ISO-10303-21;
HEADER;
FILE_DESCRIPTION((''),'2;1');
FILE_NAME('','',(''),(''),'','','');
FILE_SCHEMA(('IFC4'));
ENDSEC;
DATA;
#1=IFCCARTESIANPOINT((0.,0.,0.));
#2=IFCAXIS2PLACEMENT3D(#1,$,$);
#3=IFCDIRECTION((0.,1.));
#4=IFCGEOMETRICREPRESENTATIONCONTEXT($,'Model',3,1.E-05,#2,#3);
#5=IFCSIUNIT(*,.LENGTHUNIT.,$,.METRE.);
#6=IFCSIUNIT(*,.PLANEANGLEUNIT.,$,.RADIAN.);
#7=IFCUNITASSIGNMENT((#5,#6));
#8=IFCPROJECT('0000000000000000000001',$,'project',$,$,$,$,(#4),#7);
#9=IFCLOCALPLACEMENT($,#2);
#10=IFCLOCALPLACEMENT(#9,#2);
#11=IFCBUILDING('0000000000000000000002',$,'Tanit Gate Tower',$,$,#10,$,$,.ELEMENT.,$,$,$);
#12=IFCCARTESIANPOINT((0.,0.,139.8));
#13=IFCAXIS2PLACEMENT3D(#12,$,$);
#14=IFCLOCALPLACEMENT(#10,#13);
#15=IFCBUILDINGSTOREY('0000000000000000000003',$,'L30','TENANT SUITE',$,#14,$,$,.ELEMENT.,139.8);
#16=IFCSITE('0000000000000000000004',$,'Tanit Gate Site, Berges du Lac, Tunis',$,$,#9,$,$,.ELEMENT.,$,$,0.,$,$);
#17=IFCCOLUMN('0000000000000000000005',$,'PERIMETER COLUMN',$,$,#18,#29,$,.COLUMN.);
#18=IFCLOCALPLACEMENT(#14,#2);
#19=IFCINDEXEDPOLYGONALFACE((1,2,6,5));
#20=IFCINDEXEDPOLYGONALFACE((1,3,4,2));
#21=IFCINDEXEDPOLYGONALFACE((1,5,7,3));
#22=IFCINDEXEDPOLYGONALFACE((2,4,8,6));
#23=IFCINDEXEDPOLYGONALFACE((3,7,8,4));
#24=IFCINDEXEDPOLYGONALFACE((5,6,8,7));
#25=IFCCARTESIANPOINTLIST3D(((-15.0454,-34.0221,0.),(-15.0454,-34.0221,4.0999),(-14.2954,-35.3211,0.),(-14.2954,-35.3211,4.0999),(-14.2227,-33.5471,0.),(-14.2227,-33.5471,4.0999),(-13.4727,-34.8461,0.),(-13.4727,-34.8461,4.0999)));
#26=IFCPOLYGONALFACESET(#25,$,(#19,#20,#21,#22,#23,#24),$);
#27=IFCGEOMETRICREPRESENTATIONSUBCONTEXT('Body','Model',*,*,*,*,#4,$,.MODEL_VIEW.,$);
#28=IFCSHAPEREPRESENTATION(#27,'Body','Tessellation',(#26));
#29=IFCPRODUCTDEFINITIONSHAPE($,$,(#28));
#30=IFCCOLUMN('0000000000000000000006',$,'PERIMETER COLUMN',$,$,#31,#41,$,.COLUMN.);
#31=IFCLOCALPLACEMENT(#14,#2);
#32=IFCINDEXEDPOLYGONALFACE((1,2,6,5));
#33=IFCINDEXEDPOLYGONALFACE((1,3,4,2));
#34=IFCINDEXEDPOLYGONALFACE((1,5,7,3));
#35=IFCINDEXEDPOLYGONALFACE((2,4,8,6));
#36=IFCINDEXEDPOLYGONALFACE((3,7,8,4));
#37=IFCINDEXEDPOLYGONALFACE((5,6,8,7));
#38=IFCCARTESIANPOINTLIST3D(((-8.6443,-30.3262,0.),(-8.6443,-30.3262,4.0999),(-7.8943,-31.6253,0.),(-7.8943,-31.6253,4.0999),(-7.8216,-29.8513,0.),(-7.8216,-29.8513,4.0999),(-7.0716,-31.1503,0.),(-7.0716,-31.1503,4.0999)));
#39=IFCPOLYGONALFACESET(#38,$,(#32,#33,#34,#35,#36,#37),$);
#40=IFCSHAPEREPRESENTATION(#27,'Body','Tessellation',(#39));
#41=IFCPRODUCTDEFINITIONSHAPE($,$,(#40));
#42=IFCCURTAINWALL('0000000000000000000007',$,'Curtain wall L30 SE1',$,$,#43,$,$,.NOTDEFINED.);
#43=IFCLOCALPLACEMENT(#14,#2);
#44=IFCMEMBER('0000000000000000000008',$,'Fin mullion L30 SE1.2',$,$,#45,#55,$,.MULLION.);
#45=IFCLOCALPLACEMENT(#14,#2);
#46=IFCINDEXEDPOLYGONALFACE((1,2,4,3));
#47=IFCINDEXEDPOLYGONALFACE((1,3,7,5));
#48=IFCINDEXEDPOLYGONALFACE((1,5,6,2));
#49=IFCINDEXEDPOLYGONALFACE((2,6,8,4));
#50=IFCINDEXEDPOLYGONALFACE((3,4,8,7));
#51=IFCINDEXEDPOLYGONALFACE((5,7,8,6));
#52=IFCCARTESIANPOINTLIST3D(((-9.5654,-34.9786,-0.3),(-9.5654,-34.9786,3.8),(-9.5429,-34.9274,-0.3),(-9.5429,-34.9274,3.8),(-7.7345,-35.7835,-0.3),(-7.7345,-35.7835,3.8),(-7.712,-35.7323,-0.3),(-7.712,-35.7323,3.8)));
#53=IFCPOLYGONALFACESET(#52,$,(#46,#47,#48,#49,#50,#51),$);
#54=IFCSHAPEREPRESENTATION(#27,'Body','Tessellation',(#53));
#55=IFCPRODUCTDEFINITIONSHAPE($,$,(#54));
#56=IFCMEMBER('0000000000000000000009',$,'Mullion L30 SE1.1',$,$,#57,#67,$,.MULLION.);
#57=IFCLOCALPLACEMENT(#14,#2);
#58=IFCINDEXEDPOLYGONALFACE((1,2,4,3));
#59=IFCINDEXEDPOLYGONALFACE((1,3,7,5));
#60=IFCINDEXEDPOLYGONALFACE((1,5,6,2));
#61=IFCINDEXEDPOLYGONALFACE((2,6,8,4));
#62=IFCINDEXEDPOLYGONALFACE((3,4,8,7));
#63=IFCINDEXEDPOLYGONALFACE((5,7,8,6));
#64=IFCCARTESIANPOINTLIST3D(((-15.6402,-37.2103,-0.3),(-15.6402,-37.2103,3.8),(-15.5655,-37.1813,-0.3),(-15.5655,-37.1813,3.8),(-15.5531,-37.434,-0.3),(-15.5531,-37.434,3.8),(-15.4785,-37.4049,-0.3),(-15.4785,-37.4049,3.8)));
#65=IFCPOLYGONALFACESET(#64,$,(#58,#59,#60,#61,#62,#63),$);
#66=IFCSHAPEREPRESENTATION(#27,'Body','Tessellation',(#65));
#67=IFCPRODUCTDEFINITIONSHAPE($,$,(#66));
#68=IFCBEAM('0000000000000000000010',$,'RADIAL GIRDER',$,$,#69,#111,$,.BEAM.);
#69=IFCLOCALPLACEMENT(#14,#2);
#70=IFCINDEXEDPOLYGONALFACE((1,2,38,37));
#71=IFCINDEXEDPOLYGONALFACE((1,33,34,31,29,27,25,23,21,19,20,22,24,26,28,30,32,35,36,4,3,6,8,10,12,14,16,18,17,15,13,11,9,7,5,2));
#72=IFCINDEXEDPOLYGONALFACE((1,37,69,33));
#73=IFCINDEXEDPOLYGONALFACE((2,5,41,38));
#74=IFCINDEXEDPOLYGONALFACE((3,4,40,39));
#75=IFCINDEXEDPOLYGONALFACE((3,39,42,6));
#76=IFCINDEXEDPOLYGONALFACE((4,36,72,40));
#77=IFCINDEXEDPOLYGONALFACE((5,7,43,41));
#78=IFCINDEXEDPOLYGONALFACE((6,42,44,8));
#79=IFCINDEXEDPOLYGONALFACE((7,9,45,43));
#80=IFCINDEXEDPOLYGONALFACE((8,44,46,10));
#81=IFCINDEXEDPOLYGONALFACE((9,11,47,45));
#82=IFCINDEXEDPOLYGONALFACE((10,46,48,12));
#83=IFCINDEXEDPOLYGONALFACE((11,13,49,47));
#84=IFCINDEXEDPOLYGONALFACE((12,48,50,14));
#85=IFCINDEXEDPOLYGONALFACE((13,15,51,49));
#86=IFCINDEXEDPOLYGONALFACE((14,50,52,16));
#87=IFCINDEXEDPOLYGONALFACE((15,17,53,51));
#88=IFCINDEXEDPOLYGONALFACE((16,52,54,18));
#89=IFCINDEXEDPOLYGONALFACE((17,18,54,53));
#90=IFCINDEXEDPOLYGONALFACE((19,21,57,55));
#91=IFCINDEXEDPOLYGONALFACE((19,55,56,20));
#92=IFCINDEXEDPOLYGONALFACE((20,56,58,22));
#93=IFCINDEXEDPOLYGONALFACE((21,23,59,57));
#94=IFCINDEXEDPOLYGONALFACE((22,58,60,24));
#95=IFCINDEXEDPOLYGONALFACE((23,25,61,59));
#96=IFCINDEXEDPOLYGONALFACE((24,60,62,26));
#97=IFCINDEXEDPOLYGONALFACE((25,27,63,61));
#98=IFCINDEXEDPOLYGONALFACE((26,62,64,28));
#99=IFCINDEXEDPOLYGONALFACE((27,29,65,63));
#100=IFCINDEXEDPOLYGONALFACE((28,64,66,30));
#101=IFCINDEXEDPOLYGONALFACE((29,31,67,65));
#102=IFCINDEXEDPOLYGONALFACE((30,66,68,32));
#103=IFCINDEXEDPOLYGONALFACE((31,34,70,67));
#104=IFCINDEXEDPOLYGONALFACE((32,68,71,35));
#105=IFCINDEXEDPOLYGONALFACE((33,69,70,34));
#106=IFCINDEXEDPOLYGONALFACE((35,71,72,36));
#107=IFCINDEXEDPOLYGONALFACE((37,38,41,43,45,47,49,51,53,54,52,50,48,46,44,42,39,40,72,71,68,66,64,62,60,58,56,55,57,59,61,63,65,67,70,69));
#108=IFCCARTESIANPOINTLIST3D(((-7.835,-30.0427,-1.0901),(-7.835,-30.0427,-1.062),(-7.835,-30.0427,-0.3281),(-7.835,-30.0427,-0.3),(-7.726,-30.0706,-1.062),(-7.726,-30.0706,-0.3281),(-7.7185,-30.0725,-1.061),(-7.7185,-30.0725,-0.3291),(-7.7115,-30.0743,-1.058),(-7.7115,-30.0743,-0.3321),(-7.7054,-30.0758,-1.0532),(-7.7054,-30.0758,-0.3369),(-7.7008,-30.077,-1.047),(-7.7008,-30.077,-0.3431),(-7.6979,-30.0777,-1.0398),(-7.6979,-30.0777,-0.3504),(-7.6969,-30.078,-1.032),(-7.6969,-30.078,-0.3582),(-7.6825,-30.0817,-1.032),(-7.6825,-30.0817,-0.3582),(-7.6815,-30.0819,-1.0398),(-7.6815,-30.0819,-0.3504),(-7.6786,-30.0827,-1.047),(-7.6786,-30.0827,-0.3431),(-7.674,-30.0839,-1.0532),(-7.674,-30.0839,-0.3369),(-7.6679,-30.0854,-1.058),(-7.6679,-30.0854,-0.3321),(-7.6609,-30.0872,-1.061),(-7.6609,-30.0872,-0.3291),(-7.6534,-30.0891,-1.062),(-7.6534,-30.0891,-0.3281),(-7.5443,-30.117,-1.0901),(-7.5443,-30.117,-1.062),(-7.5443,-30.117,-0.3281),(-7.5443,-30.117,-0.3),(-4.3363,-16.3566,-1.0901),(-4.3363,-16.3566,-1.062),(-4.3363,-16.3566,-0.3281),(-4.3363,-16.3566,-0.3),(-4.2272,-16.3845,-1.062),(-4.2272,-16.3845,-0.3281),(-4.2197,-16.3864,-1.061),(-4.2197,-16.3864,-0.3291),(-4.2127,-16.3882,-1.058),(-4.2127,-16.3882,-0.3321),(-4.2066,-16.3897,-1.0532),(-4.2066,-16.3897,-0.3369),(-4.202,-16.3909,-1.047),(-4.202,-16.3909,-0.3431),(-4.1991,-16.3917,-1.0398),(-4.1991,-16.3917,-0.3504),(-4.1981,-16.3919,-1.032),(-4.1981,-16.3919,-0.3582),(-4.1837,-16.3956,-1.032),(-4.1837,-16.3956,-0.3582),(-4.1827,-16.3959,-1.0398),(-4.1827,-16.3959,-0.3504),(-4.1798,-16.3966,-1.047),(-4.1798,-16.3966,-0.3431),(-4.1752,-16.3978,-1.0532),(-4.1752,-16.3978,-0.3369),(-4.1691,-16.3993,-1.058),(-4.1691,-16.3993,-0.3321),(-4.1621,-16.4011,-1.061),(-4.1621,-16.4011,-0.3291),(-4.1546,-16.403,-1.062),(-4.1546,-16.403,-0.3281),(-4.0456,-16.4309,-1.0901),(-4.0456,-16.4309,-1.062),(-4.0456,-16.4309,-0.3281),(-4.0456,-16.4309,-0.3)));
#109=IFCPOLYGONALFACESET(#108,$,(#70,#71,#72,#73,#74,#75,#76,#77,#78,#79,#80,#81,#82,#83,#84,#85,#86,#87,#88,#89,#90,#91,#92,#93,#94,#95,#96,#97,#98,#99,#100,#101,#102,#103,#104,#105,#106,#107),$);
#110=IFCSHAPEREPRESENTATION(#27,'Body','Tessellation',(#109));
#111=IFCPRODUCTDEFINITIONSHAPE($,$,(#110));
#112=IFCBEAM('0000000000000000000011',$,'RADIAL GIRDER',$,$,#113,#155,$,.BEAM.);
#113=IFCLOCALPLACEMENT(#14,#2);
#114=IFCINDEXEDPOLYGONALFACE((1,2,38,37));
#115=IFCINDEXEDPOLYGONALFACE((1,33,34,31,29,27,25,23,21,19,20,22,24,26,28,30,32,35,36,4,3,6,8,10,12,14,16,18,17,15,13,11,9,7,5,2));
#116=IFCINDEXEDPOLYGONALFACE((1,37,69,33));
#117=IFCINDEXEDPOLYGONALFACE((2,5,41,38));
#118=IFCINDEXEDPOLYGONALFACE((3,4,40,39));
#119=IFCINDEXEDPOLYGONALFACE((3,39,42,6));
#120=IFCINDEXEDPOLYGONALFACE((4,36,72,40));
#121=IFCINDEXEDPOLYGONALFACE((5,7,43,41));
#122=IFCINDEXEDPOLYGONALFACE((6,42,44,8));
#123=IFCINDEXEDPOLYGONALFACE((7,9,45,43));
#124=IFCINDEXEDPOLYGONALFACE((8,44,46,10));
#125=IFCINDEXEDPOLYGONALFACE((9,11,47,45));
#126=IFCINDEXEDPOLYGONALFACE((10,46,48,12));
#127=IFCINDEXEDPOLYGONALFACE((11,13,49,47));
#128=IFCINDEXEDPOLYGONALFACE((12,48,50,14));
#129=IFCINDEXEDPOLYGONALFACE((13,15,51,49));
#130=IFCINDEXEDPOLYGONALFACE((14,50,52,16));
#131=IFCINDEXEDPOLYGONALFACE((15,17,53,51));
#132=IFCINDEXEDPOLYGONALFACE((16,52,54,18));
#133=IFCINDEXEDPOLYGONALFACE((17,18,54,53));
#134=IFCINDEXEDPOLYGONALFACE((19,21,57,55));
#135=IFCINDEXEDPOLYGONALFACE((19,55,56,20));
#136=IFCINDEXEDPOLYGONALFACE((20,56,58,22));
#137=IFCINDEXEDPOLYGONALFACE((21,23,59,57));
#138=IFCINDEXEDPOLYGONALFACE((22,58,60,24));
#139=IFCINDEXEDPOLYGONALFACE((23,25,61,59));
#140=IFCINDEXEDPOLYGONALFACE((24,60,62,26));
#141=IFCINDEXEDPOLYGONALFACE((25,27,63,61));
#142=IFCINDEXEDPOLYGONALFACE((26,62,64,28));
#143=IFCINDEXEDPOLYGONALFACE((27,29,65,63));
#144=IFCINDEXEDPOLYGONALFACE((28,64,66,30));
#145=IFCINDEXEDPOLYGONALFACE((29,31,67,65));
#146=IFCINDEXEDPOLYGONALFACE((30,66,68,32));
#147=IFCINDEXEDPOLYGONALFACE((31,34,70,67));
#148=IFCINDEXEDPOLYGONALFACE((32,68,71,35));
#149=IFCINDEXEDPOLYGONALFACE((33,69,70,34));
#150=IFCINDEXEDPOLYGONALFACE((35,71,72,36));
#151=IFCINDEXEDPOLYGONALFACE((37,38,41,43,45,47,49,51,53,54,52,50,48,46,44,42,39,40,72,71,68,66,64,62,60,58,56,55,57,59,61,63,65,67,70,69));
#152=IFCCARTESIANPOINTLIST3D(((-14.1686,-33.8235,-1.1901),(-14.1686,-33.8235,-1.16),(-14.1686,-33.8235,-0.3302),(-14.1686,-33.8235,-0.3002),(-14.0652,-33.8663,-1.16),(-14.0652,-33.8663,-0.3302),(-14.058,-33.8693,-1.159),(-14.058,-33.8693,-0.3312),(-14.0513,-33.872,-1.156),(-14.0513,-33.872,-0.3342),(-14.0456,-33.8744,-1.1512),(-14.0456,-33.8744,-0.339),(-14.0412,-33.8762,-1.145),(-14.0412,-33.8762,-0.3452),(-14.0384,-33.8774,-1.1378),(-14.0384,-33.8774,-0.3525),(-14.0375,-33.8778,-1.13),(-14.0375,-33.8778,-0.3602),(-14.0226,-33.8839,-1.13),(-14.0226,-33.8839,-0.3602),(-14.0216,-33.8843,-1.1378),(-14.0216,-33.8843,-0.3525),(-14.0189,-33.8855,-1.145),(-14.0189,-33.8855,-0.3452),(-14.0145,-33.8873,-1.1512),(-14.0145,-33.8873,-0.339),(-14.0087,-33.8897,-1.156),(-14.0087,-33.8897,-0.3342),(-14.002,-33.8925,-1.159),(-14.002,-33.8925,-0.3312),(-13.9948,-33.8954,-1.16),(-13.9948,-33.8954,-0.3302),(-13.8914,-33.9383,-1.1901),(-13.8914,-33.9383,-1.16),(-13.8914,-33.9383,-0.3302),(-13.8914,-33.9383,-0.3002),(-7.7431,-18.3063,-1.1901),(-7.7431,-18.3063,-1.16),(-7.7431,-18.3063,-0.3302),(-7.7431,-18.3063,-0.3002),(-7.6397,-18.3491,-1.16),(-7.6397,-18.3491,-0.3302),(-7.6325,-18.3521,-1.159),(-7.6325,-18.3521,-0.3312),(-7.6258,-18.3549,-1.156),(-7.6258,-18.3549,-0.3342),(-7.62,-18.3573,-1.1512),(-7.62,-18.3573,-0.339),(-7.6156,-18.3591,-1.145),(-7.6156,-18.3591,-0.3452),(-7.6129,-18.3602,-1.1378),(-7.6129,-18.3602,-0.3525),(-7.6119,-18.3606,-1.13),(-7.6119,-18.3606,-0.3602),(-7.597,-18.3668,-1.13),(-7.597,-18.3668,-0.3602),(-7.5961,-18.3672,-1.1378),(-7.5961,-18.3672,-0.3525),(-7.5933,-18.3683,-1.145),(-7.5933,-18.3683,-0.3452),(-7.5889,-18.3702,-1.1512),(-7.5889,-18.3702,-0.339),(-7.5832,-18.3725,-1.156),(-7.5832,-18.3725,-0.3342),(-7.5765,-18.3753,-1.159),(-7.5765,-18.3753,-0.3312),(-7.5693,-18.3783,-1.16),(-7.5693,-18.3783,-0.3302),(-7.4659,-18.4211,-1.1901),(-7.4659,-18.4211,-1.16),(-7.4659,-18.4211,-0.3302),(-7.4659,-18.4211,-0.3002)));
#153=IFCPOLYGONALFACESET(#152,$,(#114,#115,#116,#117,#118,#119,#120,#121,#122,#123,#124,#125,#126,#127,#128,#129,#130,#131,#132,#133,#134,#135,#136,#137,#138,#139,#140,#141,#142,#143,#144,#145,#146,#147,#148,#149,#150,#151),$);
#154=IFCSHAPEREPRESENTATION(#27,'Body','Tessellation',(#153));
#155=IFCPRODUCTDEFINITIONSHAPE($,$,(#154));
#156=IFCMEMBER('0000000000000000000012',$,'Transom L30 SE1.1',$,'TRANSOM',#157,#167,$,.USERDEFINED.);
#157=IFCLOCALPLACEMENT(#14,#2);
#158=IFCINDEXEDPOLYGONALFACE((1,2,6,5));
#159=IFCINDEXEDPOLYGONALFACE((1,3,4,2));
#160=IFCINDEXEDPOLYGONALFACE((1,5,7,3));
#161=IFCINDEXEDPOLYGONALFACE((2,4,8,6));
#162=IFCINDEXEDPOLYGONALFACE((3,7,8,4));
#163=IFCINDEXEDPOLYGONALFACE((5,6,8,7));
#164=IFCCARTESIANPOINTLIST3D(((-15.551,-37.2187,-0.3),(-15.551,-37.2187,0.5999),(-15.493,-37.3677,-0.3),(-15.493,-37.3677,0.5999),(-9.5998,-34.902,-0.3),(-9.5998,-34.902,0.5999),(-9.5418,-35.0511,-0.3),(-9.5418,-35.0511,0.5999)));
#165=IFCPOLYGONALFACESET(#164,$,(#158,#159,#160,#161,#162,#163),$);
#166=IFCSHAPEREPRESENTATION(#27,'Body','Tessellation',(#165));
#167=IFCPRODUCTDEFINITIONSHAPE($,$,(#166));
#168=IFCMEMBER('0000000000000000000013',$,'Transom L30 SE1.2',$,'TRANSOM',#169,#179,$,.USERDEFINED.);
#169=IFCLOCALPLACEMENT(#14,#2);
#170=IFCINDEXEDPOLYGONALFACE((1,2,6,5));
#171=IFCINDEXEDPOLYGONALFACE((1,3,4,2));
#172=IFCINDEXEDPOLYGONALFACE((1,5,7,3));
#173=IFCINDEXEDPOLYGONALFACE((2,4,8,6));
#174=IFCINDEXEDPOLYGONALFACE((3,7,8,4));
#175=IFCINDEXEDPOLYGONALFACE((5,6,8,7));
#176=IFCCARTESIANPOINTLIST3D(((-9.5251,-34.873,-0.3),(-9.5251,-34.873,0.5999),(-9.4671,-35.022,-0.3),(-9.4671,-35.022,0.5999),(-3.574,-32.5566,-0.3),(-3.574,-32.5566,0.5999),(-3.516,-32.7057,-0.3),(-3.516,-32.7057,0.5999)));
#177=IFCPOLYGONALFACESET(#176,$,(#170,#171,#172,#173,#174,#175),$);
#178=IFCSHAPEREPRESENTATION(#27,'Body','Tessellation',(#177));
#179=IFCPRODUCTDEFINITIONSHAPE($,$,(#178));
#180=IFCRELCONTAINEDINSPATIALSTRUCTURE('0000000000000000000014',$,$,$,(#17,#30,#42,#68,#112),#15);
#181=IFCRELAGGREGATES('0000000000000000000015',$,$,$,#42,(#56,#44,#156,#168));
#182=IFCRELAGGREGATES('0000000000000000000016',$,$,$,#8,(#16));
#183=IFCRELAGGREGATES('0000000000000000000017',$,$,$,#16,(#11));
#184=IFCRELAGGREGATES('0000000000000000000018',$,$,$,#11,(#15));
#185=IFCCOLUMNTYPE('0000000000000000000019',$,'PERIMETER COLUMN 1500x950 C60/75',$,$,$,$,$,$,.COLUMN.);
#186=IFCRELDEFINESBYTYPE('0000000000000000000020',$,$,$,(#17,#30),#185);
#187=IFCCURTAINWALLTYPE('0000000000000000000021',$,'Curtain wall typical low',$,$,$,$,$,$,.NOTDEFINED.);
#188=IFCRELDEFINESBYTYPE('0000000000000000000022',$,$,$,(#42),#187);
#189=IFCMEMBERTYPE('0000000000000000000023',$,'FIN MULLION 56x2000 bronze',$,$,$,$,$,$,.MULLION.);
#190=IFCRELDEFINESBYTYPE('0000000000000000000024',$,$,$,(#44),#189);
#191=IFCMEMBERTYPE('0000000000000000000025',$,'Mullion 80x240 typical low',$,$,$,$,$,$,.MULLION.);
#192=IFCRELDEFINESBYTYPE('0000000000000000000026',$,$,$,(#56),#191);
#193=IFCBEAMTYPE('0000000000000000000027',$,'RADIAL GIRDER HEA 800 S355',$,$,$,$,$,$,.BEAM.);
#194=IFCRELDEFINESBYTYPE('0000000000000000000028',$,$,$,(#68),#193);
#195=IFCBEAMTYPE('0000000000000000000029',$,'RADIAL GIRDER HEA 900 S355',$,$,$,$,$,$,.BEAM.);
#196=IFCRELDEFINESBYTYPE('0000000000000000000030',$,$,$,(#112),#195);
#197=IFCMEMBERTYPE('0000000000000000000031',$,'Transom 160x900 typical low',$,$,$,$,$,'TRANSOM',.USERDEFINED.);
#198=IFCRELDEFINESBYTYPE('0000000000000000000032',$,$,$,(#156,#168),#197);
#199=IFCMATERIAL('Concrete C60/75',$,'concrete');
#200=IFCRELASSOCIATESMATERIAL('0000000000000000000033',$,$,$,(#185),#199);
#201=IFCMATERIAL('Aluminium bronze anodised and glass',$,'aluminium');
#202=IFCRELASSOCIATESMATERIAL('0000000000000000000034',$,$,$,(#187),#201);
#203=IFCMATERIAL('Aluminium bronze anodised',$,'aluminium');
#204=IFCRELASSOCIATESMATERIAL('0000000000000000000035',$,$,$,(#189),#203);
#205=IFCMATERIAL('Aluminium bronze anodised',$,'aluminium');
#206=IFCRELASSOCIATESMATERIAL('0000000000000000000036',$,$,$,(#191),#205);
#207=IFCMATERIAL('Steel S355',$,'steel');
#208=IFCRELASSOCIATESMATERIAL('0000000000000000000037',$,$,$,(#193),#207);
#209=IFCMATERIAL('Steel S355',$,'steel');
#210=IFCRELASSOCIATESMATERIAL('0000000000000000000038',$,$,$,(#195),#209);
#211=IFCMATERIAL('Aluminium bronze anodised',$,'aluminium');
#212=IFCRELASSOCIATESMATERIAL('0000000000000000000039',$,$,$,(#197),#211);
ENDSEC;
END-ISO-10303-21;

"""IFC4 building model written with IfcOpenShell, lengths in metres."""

from ifc_helpers import new_model, si_unit, direction, frame, origin, origin_2d, place, context, subcontext, project, spatial, rectangle, i_section, extrude, material, material_profile, profile_set, type_object, element, aggregate, save


model = new_model("IFC4")

# Units and contexts
model_context = context("Model", 3, precision=1e-05, world=origin(), true_north=direction((0.0, 1.0)))
body_context = subcontext(model_context, "Body", "Model", "MODEL_VIEW")
ifc_project = project(units=[si_unit("LENGTHUNIT", "METRE"), si_unit("PLANEANGLEUNIT", "RADIAN")], contexts=[model_context])

# Site, building, storey
site_placement = place(None, origin())
site = spatial("IfcSite", under=ifc_project, at=site_placement, Name="Tanit Gate Site, Berges du Lac, Tunis", CompositionType="ELEMENT", RefElevation=0.0)
building_placement = place(site_placement, origin())
building = spatial("IfcBuilding", under=site, at=building_placement, Name="Tanit Gate Tower", CompositionType="ELEMENT")
storey_placement = place(building_placement, frame((0.0, 0.0, 139.8)))
storey = spatial("IfcBuildingStorey", under=building, at=storey_placement, Name="L30", Description="TENANT SUITE", CompositionType="ELEMENT", Elevation=139.8)

# Columns
ifc_material_1 = material(Name="Concrete C60/75", Category="concrete")
ifc_material_profile_1 = material_profile(ifc_material_1, rectangle(XDim=1.5, YDim=0.95, at=origin_2d()), Name="RC 1500x950")
ifc_profile_set_1 = profile_set([ifc_material_profile_1], Name="Concrete C60/75")
column_type = type_object("IfcColumnType", Name="PERIMETER COLUMN 1500x950 C60/75", PredefinedType="COLUMN", material=ifc_profile_set_1)
for number, where, z_axis, x_axis, name in (
    (1, (-14.259, -34.4341, 0.0), (0.0, 0.0, 1.0), (0.5, -0.866025, 0.0), "PERIMETER COLUMN"),
    (2, (-7.8579, -30.7383, 0.0), (0.0, 0.0, 1.0), (0.5, -0.866025, 0.0), "PERIMETER COLUMN"),
):
    element("IfcColumn", number, at=place(storey_placement, frame(where, z_axis=z_axis, x_axis=x_axis)), inside=storey, type_object=column_type, Name=name, PredefinedType="COLUMN", context=body_context, shape_type="SweptSolid", body=[
        extrude(rectangle(XDim=1.5, YDim=0.95, at=origin_2d()), origin(), (0.0, 0.0, 1.0), 4.0999),
    ])

# Curtain wall, members
ifc_material_2 = material(Name="Aluminium bronze anodised and glass", Category="aluminium")
curtain_wall_type = type_object("IfcCurtainWallType", Name="Curtain wall typical low", PredefinedType="NOTDEFINED", material=ifc_material_2)
curtain_wall_placement = place(storey_placement, origin())
curtain_wall = element("IfcCurtainWall", 3, at=curtain_wall_placement, inside=storey, type_object=curtain_wall_type, Name="Curtain wall L30 SE1", PredefinedType="NOTDEFINED")
ifc_material_3 = material(Name="Aluminium bronze anodised", Category="aluminium")
ifc_material_profile_2 = material_profile(ifc_material_3, rectangle(XDim=2.0, YDim=0.0559, at=origin_2d()), Name="56x2000 bronze fin mullion")
ifc_profile_set_2 = profile_set([ifc_material_profile_2], Name="Aluminium bronze anodised")
member_type_1 = type_object("IfcMemberType", Name="FIN MULLION 56x2000 bronze", PredefinedType="MULLION", material=ifc_profile_set_2)
member_1_placement = place(storey_placement, frame((-8.6387, -35.3555, -0.3), z_axis=(0.0, 0.0, 1.0), x_axis=(-0.91544, 0.402453, 0.0)))
member_1 = element("IfcMember", 4, at=member_1_placement, type_object=member_type_1, Name="Fin mullion L30 SE1.2", PredefinedType="MULLION", context=body_context, shape_type="SweptSolid", body=[
    extrude(rectangle(XDim=2.0, YDim=0.0559, at=origin_2d()), origin(), (0.0, 0.0, 1.0), 4.1001),
])
ifc_material_4 = material(Name="Aluminium bronze anodised", Category="aluminium")
ifc_material_profile_3 = material_profile(ifc_material_4, rectangle(XDim=0.24, YDim=0.0801, at=origin_2d()), Name="80x240 bronze mullion")
ifc_profile_set_3 = profile_set([ifc_material_profile_3], Name="Aluminium bronze anodised")
member_type_2 = type_object("IfcMemberType", Name="Mullion 80x240 typical low", PredefinedType="MULLION", material=ifc_profile_set_3)
member_2_placement = place(storey_placement, frame((-15.5593, -37.3076, -0.3), z_axis=(0.0, 0.0, 1.0), x_axis=(-0.362737, 0.931892, 0.0)))
member_2 = element("IfcMember", 5, at=member_2_placement, type_object=member_type_2, Name="Mullion L30 SE1.1", PredefinedType="MULLION", context=body_context, shape_type="SweptSolid", body=[
    extrude(rectangle(XDim=0.24, YDim=0.0801, at=origin_2d()), origin(), (0.0, 0.0, 1.0), 4.1001),
])

# Beams
ifc_material_5 = material(Name="Steel S355", Category="steel")
ifc_material_profile_4 = material_profile(ifc_material_5, i_section(OverallWidth=0.3, OverallDepth=0.79, WebThickness=0.0149, FlangeThickness=0.0281, FilletRadius=0.03, at=origin_2d()), Name="HEA 800")
ifc_profile_set_4 = profile_set([ifc_material_profile_4], Name="Steel S355")
beam_type_1 = type_object("IfcBeamType", Name="RADIAL GIRDER HEA 800 S355", PredefinedType="BEAM", material=ifc_profile_set_4)
beam_1_placement = place(storey_placement, frame((-7.6897, -30.0798, -0.6951), z_axis=(0.24768, 0.968842, 0.0), x_axis=(-0.968842, 0.24768, 0.0)))
element("IfcBeam", 6, at=beam_1_placement, inside=storey, type_object=beam_type_1, Name="RADIAL GIRDER", PredefinedType="BEAM", context=body_context, shape_type="SweptSolid", body=[
    extrude(i_section(OverallWidth=0.3, OverallDepth=0.79, WebThickness=0.0149, FlangeThickness=0.0281, FilletRadius=0.03, at=origin_2d()), origin(), (0.0, 0.0, 1.0), 14.1262),
])
ifc_material_6 = material(Name="Steel S355", Category="steel")
ifc_material_profile_5 = material_profile(ifc_material_6, i_section(OverallWidth=0.3, OverallDepth=0.8899, WebThickness=0.0161, FlangeThickness=0.03, FilletRadius=0.03, at=origin_2d()), Name="HEA 900")
ifc_profile_set_5 = profile_set([ifc_material_profile_5], Name="Steel S355")
beam_type_2 = type_object("IfcBeamType", Name="RADIAL GIRDER HEA 900 S355", PredefinedType="BEAM", material=ifc_profile_set_5)
beam_2_placement = place(storey_placement, frame((-14.03, -33.8809, -0.7451), z_axis=(0.382589, 0.923919, 0.0), x_axis=(-0.923919, 0.382589, 0.0)))
element("IfcBeam", 7, at=beam_2_placement, inside=storey, type_object=beam_type_2, Name="RADIAL GIRDER", PredefinedType="BEAM", context=body_context, shape_type="SweptSolid", body=[
    extrude(i_section(OverallWidth=0.3, OverallDepth=0.8899, WebThickness=0.0161, FlangeThickness=0.03, FilletRadius=0.03, at=origin_2d()), origin(), (0.0, 0.0, 1.0), 16.7949),
])

# Members
ifc_material_7 = material(Name="Aluminium bronze anodised", Category="aluminium")
ifc_material_profile_6 = material_profile(ifc_material_7, rectangle(XDim=0.1599, YDim=0.8999, at=origin_2d()), Name="160x900 bronze transom")
ifc_profile_set_6 = profile_set([ifc_material_profile_6], Name="Aluminium bronze anodised")
member_type_3 = type_object("IfcMemberType", Name="Transom 160x900 typical low", ElementType="TRANSOM", PredefinedType="USERDEFINED", material=ifc_profile_set_6)
member_3_placement = place(storey_placement, frame((-15.522, -37.2932, 0.1499), z_axis=(0.931883, 0.36276, 0.0), x_axis=(-0.36276, 0.931883, 0.0)))
member_3 = element("IfcMember", 8, at=member_3_placement, type_object=member_type_3, Name="Transom L30 SE1.1", ObjectType="TRANSOM", PredefinedType="USERDEFINED", context=body_context, shape_type="SweptSolid", body=[
    extrude(rectangle(XDim=0.1599, YDim=0.8999, at=origin_2d()), origin(), (0.0, 0.0, 1.0), 6.3862),
])
member_4_placement = place(storey_placement, frame((-9.4961, -34.9475, 0.1499), z_axis=(0.931896, 0.362727, 0.0), x_axis=(-0.362727, 0.931896, 0.0)))
member_4 = element("IfcMember", 9, at=member_4_placement, type_object=member_type_3, Name="Transom L30 SE1.2", ObjectType="TRANSOM", PredefinedType="USERDEFINED", context=body_context, shape_type="SweptSolid", body=[
    extrude(rectangle(XDim=0.1599, YDim=0.8999, at=origin_2d()), origin(), (0.0, 0.0, 1.0), 6.386),
])

aggregate(curtain_wall, [member_2, member_1, member_3, member_4])

save(model, "model.ifc")
